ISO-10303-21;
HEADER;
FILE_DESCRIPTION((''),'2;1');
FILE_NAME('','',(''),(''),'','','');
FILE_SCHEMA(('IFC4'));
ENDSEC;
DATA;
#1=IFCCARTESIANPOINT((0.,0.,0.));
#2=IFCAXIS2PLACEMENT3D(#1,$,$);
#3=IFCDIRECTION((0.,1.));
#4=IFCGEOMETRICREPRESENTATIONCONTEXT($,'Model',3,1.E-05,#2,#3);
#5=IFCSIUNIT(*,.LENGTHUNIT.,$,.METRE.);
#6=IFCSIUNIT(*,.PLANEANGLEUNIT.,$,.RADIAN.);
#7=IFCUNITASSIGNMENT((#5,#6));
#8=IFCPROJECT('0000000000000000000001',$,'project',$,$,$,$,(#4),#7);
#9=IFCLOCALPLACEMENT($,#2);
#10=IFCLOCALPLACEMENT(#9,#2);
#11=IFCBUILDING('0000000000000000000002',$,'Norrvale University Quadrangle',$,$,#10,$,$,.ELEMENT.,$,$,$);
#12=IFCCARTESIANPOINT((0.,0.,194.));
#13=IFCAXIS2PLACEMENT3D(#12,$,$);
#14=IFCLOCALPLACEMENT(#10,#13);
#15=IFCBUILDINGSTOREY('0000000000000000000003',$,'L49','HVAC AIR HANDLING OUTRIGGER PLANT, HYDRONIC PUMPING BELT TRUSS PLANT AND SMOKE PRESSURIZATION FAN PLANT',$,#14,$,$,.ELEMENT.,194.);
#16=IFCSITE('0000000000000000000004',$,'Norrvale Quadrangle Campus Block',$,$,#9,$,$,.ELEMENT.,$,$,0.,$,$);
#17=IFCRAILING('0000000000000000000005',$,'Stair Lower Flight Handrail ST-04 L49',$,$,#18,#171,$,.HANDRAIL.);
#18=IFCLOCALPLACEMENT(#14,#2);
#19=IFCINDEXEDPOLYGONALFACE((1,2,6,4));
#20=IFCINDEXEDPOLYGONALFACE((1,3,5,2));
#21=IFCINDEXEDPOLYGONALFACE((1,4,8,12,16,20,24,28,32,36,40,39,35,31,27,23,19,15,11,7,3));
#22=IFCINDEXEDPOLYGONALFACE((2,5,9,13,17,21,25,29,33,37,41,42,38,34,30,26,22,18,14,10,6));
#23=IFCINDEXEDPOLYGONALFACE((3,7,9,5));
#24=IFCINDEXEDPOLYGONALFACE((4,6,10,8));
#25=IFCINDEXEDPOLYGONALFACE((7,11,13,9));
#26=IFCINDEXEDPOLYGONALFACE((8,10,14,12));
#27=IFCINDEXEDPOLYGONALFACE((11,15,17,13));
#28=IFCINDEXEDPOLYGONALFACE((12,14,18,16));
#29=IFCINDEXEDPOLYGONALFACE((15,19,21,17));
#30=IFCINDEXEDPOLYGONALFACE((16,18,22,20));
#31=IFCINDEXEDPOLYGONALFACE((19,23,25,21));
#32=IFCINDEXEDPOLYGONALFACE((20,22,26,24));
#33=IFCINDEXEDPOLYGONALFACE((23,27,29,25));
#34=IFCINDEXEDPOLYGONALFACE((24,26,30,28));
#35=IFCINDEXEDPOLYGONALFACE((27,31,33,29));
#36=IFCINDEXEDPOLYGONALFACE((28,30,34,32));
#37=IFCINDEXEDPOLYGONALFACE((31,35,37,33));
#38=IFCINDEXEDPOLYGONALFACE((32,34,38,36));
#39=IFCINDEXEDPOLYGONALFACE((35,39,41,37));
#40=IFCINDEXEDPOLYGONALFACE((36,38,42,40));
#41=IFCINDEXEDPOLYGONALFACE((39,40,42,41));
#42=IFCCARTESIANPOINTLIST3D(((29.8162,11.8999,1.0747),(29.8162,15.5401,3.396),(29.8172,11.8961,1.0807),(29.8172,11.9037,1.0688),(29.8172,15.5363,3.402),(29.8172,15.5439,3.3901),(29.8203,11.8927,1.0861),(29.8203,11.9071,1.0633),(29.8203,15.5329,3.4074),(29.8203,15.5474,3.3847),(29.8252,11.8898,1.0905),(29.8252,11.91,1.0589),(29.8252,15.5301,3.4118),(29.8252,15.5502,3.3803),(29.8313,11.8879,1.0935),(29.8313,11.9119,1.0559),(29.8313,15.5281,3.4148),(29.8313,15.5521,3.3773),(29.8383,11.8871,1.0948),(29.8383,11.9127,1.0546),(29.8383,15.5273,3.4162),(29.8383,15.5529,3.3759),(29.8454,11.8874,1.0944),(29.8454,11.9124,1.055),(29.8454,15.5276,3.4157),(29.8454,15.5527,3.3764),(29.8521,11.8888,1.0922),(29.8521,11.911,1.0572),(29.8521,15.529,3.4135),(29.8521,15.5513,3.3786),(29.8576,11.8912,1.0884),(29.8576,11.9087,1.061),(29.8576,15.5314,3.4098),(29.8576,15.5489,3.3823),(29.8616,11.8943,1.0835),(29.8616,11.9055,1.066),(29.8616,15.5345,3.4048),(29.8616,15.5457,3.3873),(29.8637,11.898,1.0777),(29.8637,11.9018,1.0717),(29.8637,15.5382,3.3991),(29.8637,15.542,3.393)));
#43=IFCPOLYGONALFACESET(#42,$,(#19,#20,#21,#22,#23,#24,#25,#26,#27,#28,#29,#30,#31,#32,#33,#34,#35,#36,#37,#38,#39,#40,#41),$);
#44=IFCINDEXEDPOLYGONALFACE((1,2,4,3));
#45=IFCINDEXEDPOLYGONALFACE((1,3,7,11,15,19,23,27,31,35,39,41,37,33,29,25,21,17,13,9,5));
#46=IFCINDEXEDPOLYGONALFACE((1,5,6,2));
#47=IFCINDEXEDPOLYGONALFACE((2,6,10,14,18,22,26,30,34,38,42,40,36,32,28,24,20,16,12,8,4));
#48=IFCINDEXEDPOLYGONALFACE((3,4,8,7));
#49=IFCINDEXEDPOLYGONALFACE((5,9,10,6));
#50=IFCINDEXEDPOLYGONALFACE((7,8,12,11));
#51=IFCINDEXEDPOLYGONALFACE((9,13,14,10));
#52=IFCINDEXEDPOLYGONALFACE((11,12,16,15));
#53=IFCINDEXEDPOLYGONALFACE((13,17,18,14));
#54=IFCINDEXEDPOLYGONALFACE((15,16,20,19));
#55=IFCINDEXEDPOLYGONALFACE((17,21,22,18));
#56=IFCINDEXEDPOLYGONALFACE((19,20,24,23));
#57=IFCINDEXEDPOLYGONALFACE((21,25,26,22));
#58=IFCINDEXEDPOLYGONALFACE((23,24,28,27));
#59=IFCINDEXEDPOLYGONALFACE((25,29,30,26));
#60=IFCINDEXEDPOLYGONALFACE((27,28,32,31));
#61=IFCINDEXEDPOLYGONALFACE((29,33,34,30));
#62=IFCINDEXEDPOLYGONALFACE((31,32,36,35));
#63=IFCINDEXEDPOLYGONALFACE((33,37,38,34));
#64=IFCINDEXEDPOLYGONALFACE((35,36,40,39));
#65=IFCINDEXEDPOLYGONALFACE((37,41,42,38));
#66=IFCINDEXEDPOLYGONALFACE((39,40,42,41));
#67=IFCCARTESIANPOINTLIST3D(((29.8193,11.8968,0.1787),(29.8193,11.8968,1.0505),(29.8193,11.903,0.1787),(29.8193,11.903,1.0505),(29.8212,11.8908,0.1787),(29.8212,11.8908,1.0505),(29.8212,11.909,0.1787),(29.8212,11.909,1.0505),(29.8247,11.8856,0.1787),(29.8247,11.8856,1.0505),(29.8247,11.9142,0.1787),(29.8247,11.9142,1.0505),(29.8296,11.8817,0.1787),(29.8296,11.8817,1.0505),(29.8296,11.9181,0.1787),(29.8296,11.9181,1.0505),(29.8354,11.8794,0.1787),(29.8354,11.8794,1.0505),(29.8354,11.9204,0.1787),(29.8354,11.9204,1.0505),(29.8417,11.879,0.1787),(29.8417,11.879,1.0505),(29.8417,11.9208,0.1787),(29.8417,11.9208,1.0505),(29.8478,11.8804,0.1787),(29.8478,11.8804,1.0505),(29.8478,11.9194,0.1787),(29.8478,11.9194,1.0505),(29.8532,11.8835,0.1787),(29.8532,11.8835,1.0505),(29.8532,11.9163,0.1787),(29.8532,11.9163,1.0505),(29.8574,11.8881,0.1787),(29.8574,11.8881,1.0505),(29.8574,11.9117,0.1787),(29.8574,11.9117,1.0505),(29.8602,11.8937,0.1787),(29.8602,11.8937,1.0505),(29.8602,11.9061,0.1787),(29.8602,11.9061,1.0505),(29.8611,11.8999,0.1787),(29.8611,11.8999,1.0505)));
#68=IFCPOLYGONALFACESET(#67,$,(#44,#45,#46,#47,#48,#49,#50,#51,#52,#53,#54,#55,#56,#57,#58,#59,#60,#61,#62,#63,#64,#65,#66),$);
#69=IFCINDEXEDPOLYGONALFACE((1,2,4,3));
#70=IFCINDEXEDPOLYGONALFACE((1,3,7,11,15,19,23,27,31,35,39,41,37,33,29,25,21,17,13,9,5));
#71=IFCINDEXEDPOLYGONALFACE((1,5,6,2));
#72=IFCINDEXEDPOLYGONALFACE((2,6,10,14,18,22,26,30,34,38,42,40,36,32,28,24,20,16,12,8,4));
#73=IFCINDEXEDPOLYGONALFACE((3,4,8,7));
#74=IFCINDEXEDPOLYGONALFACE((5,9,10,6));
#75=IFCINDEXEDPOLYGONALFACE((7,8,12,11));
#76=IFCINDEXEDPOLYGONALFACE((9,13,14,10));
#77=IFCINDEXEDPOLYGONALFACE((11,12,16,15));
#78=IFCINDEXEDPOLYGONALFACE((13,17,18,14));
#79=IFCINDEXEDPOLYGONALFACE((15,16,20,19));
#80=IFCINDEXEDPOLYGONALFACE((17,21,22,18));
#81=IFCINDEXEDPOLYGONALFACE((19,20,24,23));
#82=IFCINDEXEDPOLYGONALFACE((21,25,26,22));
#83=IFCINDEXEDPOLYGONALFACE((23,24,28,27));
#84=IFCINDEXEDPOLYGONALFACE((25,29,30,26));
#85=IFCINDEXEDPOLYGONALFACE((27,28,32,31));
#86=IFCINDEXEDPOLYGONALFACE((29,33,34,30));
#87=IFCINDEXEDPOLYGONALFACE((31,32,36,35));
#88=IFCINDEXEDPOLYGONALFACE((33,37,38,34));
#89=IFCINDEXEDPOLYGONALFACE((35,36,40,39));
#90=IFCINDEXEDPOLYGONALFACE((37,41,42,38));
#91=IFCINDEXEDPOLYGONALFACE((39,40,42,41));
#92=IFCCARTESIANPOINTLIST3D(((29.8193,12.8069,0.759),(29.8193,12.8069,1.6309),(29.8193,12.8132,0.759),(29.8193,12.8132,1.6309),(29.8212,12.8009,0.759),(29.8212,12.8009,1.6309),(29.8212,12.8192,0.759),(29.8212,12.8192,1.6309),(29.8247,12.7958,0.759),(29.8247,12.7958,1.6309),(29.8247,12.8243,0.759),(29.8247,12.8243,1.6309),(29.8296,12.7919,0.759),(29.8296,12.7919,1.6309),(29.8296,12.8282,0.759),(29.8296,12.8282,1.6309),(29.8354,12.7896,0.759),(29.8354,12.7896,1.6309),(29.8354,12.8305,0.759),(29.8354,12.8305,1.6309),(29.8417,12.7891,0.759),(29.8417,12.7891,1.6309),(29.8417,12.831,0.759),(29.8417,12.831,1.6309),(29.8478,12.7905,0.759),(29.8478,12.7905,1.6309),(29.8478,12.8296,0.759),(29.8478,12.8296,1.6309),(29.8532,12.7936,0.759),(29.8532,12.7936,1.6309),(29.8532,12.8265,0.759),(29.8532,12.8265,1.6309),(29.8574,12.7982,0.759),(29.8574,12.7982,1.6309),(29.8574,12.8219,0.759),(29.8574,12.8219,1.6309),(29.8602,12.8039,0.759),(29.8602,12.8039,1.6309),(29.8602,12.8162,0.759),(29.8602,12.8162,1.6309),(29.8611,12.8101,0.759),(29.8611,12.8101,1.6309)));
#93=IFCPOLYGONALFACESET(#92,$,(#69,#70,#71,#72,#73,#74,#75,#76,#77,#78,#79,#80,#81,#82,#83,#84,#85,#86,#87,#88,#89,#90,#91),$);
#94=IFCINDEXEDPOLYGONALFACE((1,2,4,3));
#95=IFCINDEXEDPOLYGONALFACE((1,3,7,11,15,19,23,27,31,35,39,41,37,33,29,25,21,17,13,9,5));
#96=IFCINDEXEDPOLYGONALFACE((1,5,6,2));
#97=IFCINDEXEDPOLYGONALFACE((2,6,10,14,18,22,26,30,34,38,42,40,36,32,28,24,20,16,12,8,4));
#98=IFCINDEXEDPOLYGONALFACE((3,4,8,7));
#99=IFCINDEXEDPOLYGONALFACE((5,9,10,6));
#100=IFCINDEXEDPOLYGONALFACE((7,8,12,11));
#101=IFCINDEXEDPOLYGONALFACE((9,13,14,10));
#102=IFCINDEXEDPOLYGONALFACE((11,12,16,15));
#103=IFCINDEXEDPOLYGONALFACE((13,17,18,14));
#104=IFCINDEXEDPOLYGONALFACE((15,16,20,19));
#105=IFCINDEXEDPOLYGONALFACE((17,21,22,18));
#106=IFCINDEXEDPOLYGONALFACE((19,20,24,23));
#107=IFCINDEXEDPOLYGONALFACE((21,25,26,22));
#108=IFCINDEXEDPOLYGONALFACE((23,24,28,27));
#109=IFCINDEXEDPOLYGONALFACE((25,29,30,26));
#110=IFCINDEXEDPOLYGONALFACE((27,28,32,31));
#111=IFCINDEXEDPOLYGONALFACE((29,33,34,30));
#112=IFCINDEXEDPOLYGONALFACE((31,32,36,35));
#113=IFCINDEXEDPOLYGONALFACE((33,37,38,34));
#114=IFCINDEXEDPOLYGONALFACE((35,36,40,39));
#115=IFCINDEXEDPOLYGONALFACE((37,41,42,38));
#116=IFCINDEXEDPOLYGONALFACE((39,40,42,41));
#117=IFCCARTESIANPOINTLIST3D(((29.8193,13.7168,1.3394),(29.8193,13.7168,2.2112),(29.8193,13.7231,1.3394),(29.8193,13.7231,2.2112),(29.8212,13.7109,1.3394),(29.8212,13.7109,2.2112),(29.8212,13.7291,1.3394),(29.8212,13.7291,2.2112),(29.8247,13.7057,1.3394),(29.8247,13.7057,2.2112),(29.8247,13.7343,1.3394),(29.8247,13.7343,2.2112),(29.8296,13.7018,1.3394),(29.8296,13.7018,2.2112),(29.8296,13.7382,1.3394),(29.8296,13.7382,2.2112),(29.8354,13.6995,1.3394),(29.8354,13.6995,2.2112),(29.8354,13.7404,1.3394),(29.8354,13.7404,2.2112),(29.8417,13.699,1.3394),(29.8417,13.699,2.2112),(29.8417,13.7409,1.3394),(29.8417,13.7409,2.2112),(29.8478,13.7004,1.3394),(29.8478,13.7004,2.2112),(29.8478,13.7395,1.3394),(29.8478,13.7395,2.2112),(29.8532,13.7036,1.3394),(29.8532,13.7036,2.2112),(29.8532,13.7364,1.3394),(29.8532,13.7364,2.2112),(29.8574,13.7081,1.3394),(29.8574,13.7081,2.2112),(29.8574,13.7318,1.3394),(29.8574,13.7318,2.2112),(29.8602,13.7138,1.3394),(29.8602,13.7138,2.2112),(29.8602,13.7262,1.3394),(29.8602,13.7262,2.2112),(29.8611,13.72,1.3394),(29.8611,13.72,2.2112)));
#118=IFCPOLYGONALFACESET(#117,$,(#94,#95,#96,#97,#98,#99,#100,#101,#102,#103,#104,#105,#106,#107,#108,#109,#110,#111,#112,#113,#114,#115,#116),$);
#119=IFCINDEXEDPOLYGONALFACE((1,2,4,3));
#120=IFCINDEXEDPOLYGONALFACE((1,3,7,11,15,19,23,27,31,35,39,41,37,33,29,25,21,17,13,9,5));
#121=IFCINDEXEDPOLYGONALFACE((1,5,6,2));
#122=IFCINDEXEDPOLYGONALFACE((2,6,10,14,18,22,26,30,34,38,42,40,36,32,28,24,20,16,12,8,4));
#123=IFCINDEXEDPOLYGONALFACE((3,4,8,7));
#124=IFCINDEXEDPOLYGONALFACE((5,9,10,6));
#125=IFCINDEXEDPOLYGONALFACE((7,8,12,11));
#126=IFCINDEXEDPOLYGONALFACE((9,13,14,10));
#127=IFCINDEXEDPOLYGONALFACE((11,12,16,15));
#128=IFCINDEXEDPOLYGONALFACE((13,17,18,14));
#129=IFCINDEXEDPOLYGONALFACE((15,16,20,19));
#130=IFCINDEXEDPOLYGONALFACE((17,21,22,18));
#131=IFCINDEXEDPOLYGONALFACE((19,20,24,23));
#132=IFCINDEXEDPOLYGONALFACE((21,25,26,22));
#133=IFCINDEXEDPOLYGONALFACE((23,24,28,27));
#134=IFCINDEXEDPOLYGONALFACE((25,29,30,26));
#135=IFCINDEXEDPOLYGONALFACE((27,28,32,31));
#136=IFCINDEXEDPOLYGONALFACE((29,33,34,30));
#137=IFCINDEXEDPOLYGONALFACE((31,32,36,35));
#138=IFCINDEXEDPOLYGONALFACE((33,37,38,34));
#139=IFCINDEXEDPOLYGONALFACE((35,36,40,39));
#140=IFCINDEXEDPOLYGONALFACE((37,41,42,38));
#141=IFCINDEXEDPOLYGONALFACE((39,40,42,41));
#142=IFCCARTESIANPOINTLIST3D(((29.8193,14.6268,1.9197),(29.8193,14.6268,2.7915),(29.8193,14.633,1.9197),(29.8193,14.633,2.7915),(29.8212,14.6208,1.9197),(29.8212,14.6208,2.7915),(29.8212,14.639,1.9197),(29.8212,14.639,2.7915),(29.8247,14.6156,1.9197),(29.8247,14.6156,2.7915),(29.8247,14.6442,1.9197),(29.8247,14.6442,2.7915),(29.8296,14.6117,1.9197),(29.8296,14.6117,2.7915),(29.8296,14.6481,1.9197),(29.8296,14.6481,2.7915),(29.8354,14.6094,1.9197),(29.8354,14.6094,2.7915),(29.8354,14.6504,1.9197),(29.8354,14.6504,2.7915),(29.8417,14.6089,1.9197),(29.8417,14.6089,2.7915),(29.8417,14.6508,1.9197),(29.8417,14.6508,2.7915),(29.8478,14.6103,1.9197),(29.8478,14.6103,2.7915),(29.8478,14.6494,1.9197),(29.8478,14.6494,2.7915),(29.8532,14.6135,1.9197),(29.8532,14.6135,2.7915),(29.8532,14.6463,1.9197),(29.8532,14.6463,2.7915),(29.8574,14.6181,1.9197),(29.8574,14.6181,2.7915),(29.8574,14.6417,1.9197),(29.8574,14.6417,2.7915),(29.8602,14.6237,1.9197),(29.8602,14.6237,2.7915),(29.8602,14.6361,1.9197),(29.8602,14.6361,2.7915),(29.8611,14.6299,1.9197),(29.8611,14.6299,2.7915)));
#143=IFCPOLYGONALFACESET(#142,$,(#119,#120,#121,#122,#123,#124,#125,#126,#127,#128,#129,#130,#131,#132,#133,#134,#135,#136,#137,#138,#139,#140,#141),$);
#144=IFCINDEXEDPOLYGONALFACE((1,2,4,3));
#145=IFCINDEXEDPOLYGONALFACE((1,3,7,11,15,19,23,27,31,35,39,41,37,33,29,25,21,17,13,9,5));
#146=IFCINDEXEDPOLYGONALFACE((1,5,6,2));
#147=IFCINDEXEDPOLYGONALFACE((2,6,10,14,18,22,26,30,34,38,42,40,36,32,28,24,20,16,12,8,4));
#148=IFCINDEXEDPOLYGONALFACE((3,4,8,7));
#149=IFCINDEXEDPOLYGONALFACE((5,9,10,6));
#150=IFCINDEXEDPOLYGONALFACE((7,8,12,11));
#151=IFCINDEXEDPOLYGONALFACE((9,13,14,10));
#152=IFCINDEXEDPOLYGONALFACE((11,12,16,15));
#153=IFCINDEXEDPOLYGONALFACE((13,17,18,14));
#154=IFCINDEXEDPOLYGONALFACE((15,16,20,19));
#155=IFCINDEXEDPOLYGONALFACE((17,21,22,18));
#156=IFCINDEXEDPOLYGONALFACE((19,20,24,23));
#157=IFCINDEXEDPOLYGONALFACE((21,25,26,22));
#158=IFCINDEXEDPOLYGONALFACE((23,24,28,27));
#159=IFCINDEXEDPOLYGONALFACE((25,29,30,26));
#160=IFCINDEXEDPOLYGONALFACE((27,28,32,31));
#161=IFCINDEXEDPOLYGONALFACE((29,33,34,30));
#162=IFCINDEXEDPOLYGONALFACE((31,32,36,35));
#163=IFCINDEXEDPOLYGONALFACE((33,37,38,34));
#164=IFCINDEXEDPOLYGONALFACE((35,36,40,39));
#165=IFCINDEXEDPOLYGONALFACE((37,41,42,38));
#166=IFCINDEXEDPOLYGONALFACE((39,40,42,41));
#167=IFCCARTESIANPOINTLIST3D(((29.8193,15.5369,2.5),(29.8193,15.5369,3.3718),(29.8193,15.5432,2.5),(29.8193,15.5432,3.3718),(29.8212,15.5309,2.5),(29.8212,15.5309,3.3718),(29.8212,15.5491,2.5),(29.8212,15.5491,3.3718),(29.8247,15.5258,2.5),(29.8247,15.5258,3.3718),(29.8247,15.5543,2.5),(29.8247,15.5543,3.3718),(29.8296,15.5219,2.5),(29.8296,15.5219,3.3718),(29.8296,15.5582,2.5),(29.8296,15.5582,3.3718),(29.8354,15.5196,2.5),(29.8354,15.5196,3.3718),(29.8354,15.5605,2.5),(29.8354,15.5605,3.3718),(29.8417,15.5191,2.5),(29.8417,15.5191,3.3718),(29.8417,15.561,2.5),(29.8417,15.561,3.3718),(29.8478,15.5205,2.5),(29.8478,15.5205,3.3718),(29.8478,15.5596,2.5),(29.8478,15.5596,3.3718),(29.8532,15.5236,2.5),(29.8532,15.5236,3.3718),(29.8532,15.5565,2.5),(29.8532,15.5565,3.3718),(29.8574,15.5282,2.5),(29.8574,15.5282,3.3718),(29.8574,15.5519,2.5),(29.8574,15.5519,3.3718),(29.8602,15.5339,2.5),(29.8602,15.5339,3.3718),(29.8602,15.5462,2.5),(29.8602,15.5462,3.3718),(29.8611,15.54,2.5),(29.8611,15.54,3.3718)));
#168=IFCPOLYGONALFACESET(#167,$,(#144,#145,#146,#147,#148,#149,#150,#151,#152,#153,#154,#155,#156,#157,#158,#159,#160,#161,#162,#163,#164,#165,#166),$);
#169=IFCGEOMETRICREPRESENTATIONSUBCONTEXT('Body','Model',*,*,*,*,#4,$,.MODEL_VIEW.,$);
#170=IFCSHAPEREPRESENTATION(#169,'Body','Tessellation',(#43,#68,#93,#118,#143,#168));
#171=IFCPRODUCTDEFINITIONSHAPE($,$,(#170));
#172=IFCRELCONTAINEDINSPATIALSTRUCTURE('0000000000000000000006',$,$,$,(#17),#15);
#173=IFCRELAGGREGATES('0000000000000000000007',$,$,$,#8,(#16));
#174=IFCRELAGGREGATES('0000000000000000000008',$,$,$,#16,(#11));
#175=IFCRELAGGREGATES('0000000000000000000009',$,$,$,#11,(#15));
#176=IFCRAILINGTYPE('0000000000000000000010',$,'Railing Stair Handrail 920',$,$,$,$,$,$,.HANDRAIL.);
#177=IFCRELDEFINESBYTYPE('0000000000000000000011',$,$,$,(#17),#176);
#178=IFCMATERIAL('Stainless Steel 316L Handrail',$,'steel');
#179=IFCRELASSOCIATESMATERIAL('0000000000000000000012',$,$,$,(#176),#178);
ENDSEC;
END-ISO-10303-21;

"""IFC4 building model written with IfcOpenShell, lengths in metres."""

from ifc_helpers import new_model, si_unit, direction, frame, origin, origin_2d, place, context, subcontext, project, spatial, circle, extrude, material, type_object, element, save


model = new_model("IFC4")

# Units and contexts
model_context = context("Model", 3, precision=1e-05, world=origin(), true_north=direction((0.0, 1.0)))
body_context = subcontext(model_context, "Body", "Model", "MODEL_VIEW")
ifc_project = project(units=[si_unit("LENGTHUNIT", "METRE"), si_unit("PLANEANGLEUNIT", "RADIAN")], contexts=[model_context])

# Site, building, storey
site_placement = place(None, origin())
site = spatial("IfcSite", under=ifc_project, at=site_placement, Name="Norrvale Quadrangle Campus Block", CompositionType="ELEMENT", RefElevation=0.0)
building_placement = place(site_placement, origin())
building = spatial("IfcBuilding", under=site, at=building_placement, Name="Norrvale University Quadrangle", CompositionType="ELEMENT")
storey_placement = place(building_placement, frame((0.0, 0.0, 194.0)))
storey = spatial("IfcBuildingStorey", under=building, at=storey_placement, Name="L49", Description="HVAC AIR HANDLING OUTRIGGER PLANT, HYDRONIC PUMPING BELT TRUSS PLANT AND SMOKE PRESSURIZATION FAN PLANT", CompositionType="ELEMENT", Elevation=194.0)

# Railing
ifc_material_1 = material(Name="Stainless Steel 316L Handrail", Category="steel")
railing_type_1 = type_object("IfcRailingType", Name="Railing Stair Handrail 920", PredefinedType="HANDRAIL", material=ifc_material_1)
railing_1_placement = place(storey_placement, frame((29.8401, 11.8999, 0.1787)))
element("IfcRailing", 1, at=railing_1_placement, inside=storey, type_object=railing_type_1, Name="Stair Lower Flight Handrail ST-04 L49", PredefinedType="HANDRAIL", context=body_context, shape_type="SweptSolid", body=[
    extrude(circle(Radius=0.0239, at=origin_2d()), frame((0.0, 0.0, 0.896), z_axis=(0.0, 0.843153, 0.537673), x_axis=(-1.0, 0.0, 0.0)), (0.0, 0.0, 1.0), 4.3174),
    extrude(circle(Radius=0.021, at=origin_2d()), origin(), (0.0, 0.0, 1.0), 0.8718),
    extrude(circle(Radius=0.021, at=origin_2d()), frame((0.0, 0.9102, 0.5803)), (0.0, 0.0, 1.0), 0.8718),
    extrude(circle(Radius=0.021, at=origin_2d()), frame((0.0, 1.8201, 1.1606)), (0.0, 0.0, 1.0), 0.8718),
    extrude(circle(Radius=0.021, at=origin_2d()), frame((0.0, 2.73, 1.741)), (0.0, 0.0, 1.0), 0.8718),
    extrude(circle(Radius=0.021, at=origin_2d()), frame((0.0, 3.6401, 2.3213)), (0.0, 0.0, 1.0), 0.8718),
])

save(model, "model.ifc")
